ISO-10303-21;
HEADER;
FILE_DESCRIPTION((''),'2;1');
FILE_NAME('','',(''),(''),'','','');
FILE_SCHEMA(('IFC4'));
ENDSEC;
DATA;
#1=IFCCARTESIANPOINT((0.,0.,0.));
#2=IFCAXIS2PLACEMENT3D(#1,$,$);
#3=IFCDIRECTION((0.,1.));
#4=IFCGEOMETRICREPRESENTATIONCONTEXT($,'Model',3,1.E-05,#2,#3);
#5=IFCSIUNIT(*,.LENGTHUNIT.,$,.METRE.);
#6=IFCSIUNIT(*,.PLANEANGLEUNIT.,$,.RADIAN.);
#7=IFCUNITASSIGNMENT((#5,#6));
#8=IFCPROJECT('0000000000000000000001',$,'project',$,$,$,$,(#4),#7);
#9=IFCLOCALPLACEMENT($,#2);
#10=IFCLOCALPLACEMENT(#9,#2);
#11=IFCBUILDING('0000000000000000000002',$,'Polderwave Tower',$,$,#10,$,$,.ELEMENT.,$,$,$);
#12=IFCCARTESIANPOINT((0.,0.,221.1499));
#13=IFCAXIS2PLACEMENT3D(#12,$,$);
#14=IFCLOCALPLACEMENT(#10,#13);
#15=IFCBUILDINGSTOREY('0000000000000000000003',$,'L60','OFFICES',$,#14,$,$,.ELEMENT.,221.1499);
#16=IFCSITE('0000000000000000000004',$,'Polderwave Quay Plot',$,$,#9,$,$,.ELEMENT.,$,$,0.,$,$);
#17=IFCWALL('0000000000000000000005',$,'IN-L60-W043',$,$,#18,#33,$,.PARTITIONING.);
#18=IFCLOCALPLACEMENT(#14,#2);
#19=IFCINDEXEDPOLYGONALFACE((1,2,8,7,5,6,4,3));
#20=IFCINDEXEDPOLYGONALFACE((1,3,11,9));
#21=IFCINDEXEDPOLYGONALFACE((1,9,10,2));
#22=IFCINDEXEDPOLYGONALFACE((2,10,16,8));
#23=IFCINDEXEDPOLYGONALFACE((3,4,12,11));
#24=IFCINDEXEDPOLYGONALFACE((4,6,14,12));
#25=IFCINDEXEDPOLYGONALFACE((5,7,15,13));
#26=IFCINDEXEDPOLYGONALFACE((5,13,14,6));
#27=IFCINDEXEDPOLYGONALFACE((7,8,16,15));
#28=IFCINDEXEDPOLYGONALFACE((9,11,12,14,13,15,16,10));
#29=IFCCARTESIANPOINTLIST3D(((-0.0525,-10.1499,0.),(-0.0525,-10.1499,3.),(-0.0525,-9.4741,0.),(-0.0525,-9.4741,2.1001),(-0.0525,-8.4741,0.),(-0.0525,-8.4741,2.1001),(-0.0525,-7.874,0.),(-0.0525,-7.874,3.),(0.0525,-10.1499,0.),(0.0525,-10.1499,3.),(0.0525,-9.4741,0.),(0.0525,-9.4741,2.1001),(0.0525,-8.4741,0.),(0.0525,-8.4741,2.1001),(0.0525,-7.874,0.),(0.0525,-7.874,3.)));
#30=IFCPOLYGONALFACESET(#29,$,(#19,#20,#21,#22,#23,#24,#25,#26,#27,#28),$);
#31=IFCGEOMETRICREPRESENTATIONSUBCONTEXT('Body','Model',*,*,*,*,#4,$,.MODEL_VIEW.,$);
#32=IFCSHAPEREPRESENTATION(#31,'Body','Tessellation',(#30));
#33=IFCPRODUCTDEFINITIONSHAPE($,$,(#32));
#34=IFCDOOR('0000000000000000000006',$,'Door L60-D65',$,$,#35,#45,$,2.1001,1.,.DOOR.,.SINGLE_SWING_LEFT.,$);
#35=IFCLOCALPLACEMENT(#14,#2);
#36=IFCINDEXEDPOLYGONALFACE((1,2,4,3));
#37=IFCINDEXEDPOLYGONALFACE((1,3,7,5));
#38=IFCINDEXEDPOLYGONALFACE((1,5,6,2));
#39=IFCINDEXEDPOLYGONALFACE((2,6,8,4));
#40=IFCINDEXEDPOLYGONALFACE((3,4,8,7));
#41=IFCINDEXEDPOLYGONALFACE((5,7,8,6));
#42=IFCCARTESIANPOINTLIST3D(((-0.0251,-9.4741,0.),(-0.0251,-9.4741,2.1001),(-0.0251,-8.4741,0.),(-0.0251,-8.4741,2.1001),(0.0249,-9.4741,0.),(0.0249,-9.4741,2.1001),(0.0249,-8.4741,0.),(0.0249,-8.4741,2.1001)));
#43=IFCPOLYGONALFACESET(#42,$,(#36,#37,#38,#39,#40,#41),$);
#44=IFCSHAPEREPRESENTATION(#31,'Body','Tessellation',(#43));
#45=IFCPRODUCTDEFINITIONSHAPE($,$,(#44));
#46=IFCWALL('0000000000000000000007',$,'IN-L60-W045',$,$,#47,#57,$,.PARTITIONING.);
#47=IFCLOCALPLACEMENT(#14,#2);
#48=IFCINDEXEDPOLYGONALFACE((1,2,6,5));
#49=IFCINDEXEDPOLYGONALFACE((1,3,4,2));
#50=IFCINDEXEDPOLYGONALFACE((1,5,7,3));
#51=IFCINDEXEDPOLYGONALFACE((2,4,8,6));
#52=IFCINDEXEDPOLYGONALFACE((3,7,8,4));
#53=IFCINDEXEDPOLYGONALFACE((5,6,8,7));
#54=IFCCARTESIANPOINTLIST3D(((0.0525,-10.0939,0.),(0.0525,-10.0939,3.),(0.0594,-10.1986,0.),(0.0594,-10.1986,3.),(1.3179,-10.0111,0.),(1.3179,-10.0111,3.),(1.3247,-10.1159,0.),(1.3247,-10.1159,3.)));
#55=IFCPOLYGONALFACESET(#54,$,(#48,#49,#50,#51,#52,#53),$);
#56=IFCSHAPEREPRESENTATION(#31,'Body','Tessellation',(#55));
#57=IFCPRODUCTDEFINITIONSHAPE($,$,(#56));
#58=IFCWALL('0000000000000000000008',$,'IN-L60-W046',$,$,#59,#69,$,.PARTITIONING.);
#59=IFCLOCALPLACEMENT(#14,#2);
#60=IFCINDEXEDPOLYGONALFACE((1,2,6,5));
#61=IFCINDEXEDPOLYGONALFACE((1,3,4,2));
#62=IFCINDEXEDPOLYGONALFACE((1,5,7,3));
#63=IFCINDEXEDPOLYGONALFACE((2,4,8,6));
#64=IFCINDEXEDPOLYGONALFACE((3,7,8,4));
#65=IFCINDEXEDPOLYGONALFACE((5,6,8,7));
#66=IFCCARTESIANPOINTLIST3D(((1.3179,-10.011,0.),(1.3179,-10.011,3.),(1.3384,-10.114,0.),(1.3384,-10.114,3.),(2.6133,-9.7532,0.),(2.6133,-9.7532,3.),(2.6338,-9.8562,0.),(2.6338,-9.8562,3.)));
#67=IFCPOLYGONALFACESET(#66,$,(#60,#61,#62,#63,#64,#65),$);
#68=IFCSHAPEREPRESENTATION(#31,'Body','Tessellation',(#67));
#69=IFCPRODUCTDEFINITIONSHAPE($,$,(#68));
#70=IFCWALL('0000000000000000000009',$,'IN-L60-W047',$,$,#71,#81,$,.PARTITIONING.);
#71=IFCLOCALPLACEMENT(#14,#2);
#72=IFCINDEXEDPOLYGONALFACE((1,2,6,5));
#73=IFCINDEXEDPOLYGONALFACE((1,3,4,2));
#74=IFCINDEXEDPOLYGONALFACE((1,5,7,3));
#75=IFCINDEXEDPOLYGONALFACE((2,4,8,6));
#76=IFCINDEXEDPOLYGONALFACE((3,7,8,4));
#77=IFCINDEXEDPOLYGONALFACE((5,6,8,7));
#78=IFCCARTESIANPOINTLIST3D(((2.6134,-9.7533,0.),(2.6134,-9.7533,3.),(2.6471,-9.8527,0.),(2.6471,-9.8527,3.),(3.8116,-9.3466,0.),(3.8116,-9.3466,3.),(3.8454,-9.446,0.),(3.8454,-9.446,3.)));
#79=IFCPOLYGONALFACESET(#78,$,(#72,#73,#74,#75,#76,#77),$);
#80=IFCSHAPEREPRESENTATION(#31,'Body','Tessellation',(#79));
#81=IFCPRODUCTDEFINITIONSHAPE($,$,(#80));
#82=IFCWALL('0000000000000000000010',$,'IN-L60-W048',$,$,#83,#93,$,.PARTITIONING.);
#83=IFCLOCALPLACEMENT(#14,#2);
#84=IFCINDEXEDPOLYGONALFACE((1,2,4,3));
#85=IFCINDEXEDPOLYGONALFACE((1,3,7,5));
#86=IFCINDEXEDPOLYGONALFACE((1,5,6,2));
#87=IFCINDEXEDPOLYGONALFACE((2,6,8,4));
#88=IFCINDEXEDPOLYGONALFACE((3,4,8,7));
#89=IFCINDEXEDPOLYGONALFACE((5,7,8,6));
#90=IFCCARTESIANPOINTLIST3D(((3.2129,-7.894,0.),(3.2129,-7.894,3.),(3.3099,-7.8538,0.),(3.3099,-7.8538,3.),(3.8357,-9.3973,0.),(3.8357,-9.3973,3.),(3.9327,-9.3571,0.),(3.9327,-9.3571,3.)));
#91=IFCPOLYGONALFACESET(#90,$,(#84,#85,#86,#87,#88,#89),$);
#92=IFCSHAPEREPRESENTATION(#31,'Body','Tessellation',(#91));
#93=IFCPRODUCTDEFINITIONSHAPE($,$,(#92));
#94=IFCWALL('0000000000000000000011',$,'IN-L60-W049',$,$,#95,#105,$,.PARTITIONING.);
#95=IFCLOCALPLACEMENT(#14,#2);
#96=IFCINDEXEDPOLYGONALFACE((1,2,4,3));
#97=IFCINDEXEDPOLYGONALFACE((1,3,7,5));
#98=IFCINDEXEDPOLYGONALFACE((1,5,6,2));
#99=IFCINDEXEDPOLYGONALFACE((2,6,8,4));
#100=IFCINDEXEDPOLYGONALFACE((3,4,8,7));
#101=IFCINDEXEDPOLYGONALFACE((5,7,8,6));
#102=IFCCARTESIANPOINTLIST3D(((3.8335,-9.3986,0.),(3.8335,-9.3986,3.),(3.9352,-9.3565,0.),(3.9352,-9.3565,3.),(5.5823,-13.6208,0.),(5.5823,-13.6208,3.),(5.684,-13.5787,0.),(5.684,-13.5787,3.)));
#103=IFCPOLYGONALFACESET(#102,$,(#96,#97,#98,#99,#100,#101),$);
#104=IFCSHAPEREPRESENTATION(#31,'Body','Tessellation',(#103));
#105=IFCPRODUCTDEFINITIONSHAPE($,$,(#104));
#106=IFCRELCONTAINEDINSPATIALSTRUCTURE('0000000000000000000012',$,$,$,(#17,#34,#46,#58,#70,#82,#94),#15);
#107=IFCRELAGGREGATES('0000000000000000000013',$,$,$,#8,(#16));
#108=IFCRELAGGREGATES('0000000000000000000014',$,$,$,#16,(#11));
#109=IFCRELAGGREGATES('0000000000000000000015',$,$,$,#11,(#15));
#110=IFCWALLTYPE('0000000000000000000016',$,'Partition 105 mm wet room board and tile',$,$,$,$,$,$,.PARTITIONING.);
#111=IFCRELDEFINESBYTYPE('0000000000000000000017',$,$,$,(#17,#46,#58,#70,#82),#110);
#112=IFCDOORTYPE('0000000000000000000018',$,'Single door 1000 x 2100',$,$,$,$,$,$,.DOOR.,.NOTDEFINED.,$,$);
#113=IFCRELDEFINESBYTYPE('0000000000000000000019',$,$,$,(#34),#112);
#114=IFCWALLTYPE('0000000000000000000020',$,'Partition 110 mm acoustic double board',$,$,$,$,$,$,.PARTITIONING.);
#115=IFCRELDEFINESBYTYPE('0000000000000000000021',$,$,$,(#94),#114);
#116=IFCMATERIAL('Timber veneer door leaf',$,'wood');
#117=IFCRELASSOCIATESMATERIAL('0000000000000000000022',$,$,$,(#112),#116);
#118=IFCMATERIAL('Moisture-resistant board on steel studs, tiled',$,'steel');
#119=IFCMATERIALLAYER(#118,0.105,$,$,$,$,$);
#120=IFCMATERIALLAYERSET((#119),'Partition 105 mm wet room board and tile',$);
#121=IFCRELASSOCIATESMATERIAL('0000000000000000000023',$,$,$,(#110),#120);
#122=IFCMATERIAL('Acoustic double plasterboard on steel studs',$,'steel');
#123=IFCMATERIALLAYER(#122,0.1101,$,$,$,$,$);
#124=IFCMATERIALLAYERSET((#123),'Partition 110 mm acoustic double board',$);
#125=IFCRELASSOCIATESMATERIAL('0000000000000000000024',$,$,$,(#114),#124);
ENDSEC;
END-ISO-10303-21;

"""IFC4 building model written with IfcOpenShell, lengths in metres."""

from ifc_helpers import new_model, si_unit, direction, frame, frame_2d, origin, place, context, subcontext, project, spatial, rectangle, extrude, material, layer, layer_set, type_object, element, fill, save


model = new_model("IFC4")

# Units and contexts
model_context = context("Model", 3, precision=1e-05, world=origin(), true_north=direction((0.0, 1.0)))
body_context = subcontext(model_context, "Body", "Model", "MODEL_VIEW")
ifc_project = project(units=[si_unit("LENGTHUNIT", "METRE"), si_unit("PLANEANGLEUNIT", "RADIAN")], contexts=[model_context])

# Site, building, storey
site_placement = place(None, origin())
site = spatial("IfcSite", under=ifc_project, at=site_placement, Name="Polderwave Quay Plot", CompositionType="ELEMENT", RefElevation=0.0)
building_placement = place(site_placement, origin())
building = spatial("IfcBuilding", under=site, at=building_placement, Name="Polderwave Tower", CompositionType="ELEMENT")
storey_placement = place(building_placement, frame((0.0, 0.0, 221.1499)))
storey = spatial("IfcBuildingStorey", under=building, at=storey_placement, Name="L60", Description="OFFICES", CompositionType="ELEMENT", Elevation=221.1499)

# Wall, opening, door
ifc_material_1 = material(Name="Timber veneer door leaf", Category="wood")
door_type = type_object("IfcDoorType", Name="Single door 1000 x 2100", OperationType="NOTDEFINED", PredefinedType="DOOR", material=ifc_material_1)
ifc_material_2 = material(Name="Moisture-resistant board on steel studs, tiled", Category="steel")
ifc_layer_1 = layer(ifc_material_2, 0.105)
ifc_layer_set_1 = layer_set([ifc_layer_1], Name="Partition 105 mm wet room board and tile")
wall_type_1 = type_object("IfcWallType", Name="Partition 105 mm wet room board and tile", PredefinedType="PARTITIONING", material=ifc_layer_set_1)
wall_1_placement = place(storey_placement, frame((0.0, -7.874, 0.0), z_axis=(0.0, 0.0, 1.0), x_axis=(0.0, -1.0, 0.0)))
wall_1 = element("IfcWall", 1, at=wall_1_placement, inside=storey, type_object=wall_type_1, Name="IN-L60-W043", PredefinedType="PARTITIONING", context=body_context, shape_type="SweptSolid", body=[
    extrude(rectangle(XDim=2.2759, YDim=0.105, at=frame_2d((1.1379, 0.0))), origin(), (0.0, 0.0, 1.0), 3.0),
])
opening_1_placement = place(wall_1_placement, frame((0.6001, 0.0, 0.0)))
opening_1 = element("IfcOpeningElement", 2, at=opening_1_placement, cuts=wall_1, PredefinedType="OPENING", context=body_context, shape_type="SweptSolid", body=[
    extrude(rectangle(XDim=1.0, YDim=2.1001, at=frame_2d((0.5, 1.05))), frame((0.0, 0.0625, 0.0), z_axis=(0.0, -1.0, 0.0), x_axis=(1.0, 0.0, 0.0)), (0.0, 0.0, 1.0), 0.125),
])
door_1_placement = place(opening_1_placement, origin())
door_1 = element("IfcDoor", 3, at=door_1_placement, inside=storey, type_object=door_type, Name="Door L60-D65", OperationType="SINGLE_SWING_LEFT", OverallHeight=2.1001, OverallWidth=1.0, PredefinedType="DOOR", context=body_context, shape_type="SweptSolid", body=[
    extrude(rectangle(XDim=1.0, YDim=2.1001, at=frame_2d((0.5, 1.05))), frame((0.0, 0.0249, 0.0), z_axis=(0.0, -1.0, 0.0), x_axis=(1.0, 0.0, 0.0)), (0.0, 0.0, 1.0), 0.05),
])
fill(opening_1, door_1)

# Walls
wall_2_placement = place(storey_placement, frame((1.3213, -10.0635, 0.0), z_axis=(0.0, 0.0, 1.0), x_axis=(-0.997868, -0.065267, 0.0)))
element("IfcWall", 4, at=wall_2_placement, inside=storey, type_object=wall_type_1, Name="IN-L60-W045", PredefinedType="PARTITIONING", context=body_context, shape_type="SweptSolid", body=[
    extrude(rectangle(XDim=1.2681, YDim=0.105, at=frame_2d((0.634, 0.0))), origin(), (0.0, 0.0, 1.0), 3.0),
])
wall_3_placement = place(storey_placement, frame((2.6235, -9.8047, 0.0), z_axis=(0.0, 0.0, 1.0), x_axis=(-0.980765, -0.195192, 0.0)))
element("IfcWall", 5, at=wall_3_placement, inside=storey, type_object=wall_type_1, Name="IN-L60-W046", PredefinedType="PARTITIONING", context=body_context, shape_type="SweptSolid", body=[
    extrude(rectangle(XDim=1.3208, YDim=0.105, at=frame_2d((0.6604, 0.0))), origin(), (0.0, 0.0, 1.0), 3.0),
])
wall_4_placement = place(storey_placement, frame((3.8286, -9.3962, 0.0), z_axis=(0.0, 0.0, 1.0), x_axis=(-0.946933, -0.321432, 0.0)))
element("IfcWall", 6, at=wall_4_placement, inside=storey, type_object=wall_type_1, Name="IN-L60-W047", PredefinedType="PARTITIONING", context=body_context, shape_type="SweptSolid", body=[
    extrude(rectangle(XDim=1.2654, YDim=0.105, at=frame_2d((0.6328, 0.0))), origin(), (0.0, 0.0, 1.0), 3.0),
])
wall_5_placement = place(storey_placement, frame((3.2615, -7.874, 0.0), z_axis=(0.0, 0.0, 1.0), x_axis=(0.382718, -0.923865, 0.0)))
element("IfcWall", 7, at=wall_5_placement, inside=storey, type_object=wall_type_1, Name="IN-L60-W048", PredefinedType="PARTITIONING", context=body_context, shape_type="SweptSolid", body=[
    extrude(rectangle(XDim=1.6272, YDim=0.105, at=frame_2d((0.8135, 0.0))), origin(), (0.0, 0.0, 1.0), 3.0),
])
ifc_material_3 = material(Name="Acoustic double plasterboard on steel studs", Category="steel")
ifc_layer_2 = layer(ifc_material_3, 0.1101)
ifc_layer_set_2 = layer_set([ifc_layer_2], Name="Partition 110 mm acoustic double board")
wall_type_2 = type_object("IfcWallType", Name="Partition 110 mm acoustic double board", PredefinedType="PARTITIONING", material=ifc_layer_set_2)
wall_6_placement = place(storey_placement, frame((3.8843, -9.3774, 0.0), z_axis=(0.0, 0.0, 1.0), x_axis=(0.382665, -0.923887, 0.0)))
element("IfcWall", 8, at=wall_6_placement, inside=storey, type_object=wall_type_2, Name="IN-L60-W049", PredefinedType="PARTITIONING", context=body_context, shape_type="SweptSolid", body=[
    extrude(rectangle(XDim=4.5701, YDim=0.1101, at=frame_2d((2.2852, 0.0))), origin(), (0.0, 0.0, 1.0), 3.0),
])

save(model, "model.ifc")
